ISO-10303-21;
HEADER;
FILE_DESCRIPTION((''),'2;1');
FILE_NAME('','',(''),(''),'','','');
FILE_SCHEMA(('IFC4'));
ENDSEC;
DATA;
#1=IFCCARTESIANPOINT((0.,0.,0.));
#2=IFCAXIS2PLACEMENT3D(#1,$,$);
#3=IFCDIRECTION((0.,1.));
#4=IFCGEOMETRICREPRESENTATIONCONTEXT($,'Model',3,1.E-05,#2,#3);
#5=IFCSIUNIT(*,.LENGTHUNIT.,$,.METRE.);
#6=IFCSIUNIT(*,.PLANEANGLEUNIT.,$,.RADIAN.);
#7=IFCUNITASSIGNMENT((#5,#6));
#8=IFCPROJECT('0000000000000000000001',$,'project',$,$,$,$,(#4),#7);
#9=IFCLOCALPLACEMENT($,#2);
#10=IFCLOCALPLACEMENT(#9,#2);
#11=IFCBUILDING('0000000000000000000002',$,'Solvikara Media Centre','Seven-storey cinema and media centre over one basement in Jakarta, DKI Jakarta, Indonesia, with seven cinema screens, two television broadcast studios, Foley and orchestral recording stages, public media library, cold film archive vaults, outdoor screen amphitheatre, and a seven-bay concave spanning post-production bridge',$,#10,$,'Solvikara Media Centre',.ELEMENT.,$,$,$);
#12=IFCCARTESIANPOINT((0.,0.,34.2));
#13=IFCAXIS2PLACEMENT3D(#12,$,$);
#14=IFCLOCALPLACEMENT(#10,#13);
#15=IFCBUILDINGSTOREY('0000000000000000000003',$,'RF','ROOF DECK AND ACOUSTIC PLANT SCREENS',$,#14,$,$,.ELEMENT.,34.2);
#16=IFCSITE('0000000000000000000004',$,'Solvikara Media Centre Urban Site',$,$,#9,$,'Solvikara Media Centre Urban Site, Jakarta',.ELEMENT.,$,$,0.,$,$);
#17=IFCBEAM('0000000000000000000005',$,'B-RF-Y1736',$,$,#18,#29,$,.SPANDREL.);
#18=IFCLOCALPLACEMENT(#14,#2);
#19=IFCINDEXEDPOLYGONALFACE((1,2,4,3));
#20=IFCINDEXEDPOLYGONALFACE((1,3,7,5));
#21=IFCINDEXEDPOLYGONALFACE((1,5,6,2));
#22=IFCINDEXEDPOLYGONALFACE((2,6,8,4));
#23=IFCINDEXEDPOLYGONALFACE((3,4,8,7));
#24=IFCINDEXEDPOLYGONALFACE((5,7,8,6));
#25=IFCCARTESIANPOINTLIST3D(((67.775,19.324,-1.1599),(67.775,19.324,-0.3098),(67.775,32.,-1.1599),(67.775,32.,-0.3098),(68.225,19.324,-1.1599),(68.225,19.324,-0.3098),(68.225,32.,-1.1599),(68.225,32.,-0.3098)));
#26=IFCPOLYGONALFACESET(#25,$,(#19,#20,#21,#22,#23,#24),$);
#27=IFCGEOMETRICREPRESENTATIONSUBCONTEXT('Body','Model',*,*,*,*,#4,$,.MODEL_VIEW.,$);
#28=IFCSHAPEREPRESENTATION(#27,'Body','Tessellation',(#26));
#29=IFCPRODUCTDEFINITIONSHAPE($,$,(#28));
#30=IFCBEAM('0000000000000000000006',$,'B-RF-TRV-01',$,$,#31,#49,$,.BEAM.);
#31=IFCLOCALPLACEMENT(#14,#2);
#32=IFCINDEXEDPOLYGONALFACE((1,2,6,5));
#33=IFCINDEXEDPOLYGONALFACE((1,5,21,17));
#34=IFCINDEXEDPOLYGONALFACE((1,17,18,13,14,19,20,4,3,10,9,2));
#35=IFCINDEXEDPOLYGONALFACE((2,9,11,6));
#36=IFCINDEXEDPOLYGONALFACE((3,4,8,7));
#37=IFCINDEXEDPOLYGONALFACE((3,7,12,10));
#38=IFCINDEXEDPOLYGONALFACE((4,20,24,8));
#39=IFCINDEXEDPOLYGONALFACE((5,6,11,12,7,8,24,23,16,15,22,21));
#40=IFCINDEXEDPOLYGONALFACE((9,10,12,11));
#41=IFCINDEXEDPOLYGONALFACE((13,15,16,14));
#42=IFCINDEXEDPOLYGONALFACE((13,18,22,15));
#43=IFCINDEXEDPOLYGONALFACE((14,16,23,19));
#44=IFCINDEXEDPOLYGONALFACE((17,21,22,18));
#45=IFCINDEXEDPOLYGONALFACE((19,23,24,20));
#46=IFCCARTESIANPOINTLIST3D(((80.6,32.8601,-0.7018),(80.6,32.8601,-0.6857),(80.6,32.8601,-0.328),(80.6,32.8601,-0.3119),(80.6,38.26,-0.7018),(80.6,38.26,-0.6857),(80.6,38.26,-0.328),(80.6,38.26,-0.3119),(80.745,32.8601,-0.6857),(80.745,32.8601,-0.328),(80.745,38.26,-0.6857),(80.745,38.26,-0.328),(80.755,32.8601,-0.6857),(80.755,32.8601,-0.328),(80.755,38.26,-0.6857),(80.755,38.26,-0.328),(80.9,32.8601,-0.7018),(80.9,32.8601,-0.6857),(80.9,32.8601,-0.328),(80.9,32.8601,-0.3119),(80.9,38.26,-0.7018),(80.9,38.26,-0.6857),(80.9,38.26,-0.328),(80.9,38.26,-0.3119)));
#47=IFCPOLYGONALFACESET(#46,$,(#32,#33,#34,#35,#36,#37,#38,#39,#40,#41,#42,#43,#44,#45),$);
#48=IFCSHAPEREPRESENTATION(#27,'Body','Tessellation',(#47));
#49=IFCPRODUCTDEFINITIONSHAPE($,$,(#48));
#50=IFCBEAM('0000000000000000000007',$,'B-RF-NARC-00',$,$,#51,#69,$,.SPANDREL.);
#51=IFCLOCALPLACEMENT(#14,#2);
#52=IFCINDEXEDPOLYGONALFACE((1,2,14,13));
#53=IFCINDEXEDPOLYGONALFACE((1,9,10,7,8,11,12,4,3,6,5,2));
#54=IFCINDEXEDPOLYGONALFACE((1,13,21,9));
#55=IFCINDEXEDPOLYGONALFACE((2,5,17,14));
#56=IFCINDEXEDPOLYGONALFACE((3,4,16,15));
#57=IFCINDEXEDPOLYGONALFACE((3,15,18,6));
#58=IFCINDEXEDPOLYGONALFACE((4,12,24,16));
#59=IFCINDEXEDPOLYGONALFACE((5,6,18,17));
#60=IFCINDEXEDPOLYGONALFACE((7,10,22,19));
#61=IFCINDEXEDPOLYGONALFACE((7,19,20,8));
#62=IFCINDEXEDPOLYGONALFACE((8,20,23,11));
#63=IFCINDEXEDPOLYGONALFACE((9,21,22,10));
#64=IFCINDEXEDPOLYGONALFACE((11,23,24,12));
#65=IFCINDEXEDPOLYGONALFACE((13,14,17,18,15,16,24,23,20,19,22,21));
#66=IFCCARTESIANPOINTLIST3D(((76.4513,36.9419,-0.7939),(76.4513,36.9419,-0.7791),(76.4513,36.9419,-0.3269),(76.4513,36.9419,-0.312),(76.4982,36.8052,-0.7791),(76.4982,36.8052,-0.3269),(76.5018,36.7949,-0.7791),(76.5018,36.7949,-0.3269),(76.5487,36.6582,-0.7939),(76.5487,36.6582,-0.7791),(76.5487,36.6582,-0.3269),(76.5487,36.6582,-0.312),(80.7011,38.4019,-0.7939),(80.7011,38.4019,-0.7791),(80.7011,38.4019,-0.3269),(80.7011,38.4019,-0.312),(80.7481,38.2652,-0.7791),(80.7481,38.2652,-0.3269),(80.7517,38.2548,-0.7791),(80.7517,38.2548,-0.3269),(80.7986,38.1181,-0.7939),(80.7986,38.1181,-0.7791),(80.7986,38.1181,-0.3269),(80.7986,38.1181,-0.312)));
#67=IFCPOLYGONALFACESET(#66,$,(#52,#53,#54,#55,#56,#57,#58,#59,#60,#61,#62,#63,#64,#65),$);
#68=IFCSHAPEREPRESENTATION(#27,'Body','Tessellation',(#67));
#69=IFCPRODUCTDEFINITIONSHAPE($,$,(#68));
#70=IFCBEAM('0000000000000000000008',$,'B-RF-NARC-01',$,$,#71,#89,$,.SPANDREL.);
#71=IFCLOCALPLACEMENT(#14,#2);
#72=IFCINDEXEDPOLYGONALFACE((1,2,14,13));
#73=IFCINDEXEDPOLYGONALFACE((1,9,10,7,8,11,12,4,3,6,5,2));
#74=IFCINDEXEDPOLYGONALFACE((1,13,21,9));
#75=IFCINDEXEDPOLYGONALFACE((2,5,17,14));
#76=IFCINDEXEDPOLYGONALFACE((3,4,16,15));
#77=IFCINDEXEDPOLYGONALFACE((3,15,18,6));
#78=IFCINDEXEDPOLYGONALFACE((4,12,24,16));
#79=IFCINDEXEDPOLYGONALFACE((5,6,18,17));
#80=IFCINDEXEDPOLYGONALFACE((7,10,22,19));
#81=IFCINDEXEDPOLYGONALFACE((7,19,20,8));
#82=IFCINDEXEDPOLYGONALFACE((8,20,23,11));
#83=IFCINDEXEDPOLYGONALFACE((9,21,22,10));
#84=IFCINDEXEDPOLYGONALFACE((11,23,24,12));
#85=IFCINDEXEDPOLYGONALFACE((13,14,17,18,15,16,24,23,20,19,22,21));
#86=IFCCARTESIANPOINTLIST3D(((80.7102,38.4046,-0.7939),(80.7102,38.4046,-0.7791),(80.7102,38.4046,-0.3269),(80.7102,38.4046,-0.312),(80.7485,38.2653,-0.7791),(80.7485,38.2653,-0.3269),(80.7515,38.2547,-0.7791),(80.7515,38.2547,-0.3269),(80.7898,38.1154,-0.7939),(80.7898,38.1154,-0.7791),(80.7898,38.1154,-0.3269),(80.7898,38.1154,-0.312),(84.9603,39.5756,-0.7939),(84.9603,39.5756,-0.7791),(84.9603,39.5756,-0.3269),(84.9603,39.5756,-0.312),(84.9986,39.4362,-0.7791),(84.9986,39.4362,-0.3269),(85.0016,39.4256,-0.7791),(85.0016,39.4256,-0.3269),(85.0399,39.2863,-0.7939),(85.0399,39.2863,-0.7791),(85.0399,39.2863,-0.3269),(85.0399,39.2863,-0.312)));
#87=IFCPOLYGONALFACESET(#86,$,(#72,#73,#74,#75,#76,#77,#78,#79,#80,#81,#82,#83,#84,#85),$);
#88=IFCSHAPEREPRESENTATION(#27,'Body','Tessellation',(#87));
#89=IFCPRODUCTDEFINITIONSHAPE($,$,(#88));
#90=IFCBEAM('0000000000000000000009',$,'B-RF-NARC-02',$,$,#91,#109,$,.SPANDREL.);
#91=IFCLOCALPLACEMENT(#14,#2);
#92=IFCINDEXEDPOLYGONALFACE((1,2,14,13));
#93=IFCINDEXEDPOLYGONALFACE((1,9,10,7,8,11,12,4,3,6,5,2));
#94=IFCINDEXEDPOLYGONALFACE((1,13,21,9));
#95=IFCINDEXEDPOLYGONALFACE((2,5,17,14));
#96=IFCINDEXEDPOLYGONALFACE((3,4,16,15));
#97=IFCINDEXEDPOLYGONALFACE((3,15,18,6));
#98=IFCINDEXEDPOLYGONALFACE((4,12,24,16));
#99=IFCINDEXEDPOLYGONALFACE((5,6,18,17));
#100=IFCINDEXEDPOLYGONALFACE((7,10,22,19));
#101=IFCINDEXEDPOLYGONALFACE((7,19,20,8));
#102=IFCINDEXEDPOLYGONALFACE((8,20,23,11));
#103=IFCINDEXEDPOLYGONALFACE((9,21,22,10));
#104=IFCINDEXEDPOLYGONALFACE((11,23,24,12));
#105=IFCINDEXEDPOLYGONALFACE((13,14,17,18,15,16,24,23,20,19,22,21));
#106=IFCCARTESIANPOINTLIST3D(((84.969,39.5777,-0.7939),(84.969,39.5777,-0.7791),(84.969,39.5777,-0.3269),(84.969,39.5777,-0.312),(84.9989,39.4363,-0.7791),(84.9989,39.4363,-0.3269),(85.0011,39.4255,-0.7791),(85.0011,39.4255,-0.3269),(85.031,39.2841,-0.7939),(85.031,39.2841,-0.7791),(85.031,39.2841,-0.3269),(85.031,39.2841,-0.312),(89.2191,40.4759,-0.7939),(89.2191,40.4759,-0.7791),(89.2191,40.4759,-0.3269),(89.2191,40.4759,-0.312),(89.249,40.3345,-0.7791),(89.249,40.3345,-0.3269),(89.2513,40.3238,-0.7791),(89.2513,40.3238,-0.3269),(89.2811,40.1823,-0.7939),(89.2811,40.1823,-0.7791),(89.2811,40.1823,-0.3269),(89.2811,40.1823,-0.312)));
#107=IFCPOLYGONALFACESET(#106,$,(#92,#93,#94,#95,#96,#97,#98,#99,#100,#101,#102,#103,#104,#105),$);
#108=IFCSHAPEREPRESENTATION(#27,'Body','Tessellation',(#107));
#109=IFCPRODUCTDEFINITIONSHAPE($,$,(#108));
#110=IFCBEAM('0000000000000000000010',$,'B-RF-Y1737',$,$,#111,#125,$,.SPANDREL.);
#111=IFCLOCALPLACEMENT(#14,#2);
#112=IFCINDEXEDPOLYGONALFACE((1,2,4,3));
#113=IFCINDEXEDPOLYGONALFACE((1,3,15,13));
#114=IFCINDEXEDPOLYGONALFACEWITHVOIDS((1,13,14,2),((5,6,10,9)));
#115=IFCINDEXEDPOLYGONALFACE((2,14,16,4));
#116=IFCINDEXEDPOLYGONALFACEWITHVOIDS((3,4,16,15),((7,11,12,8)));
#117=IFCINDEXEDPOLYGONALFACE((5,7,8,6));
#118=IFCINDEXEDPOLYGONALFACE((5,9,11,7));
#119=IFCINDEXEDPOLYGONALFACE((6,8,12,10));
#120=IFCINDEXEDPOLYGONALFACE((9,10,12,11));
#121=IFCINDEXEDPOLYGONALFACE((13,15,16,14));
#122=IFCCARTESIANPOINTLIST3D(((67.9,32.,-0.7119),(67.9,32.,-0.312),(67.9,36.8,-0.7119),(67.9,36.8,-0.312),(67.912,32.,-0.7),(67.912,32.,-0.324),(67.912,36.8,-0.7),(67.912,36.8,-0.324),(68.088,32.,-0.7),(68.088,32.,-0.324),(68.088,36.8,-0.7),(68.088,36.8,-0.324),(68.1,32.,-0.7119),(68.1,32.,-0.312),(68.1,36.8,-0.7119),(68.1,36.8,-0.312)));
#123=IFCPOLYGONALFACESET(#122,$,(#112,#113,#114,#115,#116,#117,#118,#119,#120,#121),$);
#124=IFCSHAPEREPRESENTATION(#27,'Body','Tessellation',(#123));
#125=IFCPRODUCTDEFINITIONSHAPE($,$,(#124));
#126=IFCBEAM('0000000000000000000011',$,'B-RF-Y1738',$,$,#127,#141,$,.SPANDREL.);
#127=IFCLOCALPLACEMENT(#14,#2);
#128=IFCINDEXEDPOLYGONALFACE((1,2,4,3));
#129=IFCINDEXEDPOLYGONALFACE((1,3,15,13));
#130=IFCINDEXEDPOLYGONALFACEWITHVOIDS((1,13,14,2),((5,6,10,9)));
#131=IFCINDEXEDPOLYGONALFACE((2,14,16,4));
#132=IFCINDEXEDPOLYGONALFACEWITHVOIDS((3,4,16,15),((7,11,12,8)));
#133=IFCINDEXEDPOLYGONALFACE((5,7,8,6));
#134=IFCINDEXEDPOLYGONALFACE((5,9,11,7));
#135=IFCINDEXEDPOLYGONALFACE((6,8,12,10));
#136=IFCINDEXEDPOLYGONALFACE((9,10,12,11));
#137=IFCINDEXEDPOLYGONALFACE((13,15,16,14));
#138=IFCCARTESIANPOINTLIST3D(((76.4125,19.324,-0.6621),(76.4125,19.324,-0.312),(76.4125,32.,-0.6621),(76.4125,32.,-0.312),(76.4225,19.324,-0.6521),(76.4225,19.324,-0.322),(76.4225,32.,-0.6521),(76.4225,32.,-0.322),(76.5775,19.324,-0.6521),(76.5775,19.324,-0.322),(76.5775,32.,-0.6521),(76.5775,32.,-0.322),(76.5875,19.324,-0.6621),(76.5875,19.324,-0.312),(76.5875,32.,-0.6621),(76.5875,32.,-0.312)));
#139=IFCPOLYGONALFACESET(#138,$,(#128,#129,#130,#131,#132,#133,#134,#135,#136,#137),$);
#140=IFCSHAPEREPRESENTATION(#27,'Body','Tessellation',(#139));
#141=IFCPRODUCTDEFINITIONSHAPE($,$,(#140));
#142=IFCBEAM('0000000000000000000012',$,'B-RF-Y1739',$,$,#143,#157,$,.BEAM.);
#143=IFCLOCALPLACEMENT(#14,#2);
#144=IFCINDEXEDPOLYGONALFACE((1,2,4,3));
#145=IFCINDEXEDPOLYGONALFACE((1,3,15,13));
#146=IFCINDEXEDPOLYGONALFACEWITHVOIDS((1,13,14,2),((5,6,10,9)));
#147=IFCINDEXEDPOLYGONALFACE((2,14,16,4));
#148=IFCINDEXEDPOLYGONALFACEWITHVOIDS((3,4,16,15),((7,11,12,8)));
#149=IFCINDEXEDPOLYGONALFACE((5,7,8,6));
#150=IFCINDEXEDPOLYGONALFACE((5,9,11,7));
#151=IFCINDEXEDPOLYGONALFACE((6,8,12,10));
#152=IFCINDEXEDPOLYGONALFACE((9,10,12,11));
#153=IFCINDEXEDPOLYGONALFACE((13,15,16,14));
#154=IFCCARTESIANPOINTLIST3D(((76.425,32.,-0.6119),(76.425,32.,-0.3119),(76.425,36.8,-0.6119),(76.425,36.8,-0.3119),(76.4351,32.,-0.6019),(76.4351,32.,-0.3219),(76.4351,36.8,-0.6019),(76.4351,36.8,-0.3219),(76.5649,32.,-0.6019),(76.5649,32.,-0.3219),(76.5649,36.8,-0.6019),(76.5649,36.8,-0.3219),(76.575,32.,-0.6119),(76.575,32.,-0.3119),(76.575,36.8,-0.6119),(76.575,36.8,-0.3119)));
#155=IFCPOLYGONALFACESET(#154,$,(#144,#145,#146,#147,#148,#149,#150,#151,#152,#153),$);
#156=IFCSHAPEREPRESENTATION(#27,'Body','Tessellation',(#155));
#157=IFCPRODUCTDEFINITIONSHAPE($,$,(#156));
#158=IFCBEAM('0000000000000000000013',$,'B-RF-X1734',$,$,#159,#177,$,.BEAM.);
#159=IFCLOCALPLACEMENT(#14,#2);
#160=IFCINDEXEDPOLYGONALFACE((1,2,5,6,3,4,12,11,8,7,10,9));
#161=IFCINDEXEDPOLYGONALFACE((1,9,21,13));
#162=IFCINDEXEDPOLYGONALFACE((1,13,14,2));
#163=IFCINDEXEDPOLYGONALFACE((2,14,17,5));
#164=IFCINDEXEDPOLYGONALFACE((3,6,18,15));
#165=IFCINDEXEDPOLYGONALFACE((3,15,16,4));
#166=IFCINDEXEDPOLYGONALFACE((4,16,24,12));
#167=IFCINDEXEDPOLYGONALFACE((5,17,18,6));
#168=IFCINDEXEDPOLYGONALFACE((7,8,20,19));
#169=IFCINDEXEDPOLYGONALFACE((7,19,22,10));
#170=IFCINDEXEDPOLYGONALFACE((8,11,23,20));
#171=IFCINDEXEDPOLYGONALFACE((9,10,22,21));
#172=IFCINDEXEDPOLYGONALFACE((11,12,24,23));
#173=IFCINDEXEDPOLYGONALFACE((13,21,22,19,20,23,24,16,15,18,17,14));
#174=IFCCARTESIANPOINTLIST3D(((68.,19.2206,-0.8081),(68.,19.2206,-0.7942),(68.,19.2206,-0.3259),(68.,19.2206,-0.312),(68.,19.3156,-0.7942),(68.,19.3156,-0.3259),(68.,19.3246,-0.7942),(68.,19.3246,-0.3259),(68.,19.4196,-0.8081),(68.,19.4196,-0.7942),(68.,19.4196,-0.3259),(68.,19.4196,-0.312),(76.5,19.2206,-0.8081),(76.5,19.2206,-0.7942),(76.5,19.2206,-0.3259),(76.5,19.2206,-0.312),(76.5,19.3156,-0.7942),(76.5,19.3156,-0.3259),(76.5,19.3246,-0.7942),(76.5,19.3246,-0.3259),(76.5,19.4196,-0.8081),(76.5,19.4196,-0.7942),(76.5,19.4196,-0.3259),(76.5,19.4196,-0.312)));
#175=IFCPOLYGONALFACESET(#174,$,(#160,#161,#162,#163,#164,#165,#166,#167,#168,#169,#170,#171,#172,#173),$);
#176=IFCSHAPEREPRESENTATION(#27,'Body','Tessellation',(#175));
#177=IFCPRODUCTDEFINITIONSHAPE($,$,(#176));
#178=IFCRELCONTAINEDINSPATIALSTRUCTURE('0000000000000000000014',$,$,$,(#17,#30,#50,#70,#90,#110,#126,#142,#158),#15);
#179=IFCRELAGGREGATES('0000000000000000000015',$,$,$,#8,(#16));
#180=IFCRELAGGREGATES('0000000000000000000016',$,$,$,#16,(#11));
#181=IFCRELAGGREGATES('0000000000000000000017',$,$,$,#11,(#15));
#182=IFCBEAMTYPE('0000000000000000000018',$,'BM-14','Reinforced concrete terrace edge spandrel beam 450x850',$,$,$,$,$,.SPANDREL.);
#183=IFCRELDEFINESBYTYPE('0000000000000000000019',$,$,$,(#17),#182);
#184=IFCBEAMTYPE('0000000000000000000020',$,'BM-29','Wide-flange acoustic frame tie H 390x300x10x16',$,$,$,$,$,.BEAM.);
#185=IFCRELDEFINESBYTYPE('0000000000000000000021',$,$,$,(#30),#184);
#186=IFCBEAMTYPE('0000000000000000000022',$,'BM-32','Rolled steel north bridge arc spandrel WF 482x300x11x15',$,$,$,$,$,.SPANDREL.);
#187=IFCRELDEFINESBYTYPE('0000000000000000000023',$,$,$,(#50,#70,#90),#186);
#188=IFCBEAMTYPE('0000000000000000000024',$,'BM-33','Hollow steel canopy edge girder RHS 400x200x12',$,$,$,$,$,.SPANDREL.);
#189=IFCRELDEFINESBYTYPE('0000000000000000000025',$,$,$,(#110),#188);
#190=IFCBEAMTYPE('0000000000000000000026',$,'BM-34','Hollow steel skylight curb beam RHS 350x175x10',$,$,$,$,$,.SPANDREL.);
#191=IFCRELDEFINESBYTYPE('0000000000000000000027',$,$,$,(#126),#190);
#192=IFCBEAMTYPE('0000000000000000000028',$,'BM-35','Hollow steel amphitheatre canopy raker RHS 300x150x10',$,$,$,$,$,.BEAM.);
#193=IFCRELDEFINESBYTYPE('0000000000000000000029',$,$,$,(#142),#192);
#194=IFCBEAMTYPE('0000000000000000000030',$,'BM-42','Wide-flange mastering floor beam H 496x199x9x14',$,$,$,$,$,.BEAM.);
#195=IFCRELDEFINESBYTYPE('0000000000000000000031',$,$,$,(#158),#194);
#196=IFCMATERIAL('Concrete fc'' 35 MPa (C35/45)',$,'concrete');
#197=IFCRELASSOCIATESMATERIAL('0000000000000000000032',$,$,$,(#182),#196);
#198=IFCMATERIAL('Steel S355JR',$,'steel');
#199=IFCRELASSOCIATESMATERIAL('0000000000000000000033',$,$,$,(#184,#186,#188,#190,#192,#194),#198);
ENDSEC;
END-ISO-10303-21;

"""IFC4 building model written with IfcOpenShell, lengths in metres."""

from ifc_helpers import new_model, si_unit, direction, frame, origin, origin_2d, place, context, subcontext, project, spatial, rectangle, hollow_rectangle, i_section, extrude, material, material_profile, profile_set, type_object, element, save


model = new_model("IFC4")

# Units and contexts
model_context = context("Model", 3, precision=1e-05, world=origin(), true_north=direction((0.0, 1.0)))
body_context = subcontext(model_context, "Body", "Model", "MODEL_VIEW")
ifc_project = project(units=[si_unit("LENGTHUNIT", "METRE"), si_unit("PLANEANGLEUNIT", "RADIAN")], contexts=[model_context])

# Site, building, storey
site_placement = place(None, origin())
site = spatial("IfcSite", under=ifc_project, at=site_placement, Name="Solvikara Media Centre Urban Site", LongName="Solvikara Media Centre Urban Site, Jakarta", CompositionType="ELEMENT", RefElevation=0.0)
building_placement = place(site_placement, origin())
building = spatial("IfcBuilding", under=site, at=building_placement, Name="Solvikara Media Centre", Description="Seven-storey cinema and media centre over one basement in Jakarta, DKI Jakarta, Indonesia, with seven cinema screens, two television broadcast studios, Foley and orchestral recording stages, public media library, cold film archive vaults, outdoor screen amphitheatre, and a seven-bay concave spanning post-production bridge", LongName="Solvikara Media Centre", CompositionType="ELEMENT")
storey_placement = place(building_placement, frame((0.0, 0.0, 34.2)))
storey = spatial("IfcBuildingStorey", under=building, at=storey_placement, Name="RF", Description="ROOF DECK AND ACOUSTIC PLANT SCREENS", CompositionType="ELEMENT", Elevation=34.2)

# Beams
ifc_material_1 = material(Name="Concrete fc' 35 MPa (C35/45)", Category="concrete")
ifc_material_profile_1 = material_profile(ifc_material_1, rectangle(XDim=0.45, YDim=0.8501, at=origin_2d()), Name="RC 450x850")
ifc_profile_set_1 = profile_set([ifc_material_profile_1], Name="Concrete fc' 35 MPa (C35/45)")
beam_type_1 = type_object("IfcBeamType", Name="BM-14", Description="Reinforced concrete terrace edge spandrel beam 450x850", PredefinedType="SPANDREL", material=ifc_profile_set_1)
beam_1_placement = place(storey_placement, frame((68.0, 19.324, -0.7349), z_axis=(0.0, 1.0, 0.0), x_axis=(-1.0, 0.0, 0.0)))
element("IfcBeam", 1, at=beam_1_placement, inside=storey, type_object=beam_type_1, Name="B-RF-Y1736", PredefinedType="SPANDREL", context=body_context, shape_type="SweptSolid", body=[
    extrude(rectangle(XDim=0.45, YDim=0.8501, at=origin_2d()), origin(), (0.0, 0.0, 1.0), 12.676),
])
ifc_material_2 = material(Name="Steel S355JR", Category="steel")
ifc_material_profile_2 = material_profile(ifc_material_2, i_section(OverallWidth=0.3, OverallDepth=0.3899, WebThickness=0.01, FlangeThickness=0.0161, at=origin_2d()), Name="H 390x300x10x16")
ifc_profile_set_2 = profile_set([ifc_material_profile_2], Name="Steel S355JR")
beam_type_2 = type_object("IfcBeamType", Name="BM-29", Description="Wide-flange acoustic frame tie H 390x300x10x16", PredefinedType="BEAM", material=ifc_profile_set_2)
beam_2_placement = place(storey_placement, frame((80.75, 32.8601, -0.5068), z_axis=(0.0, 1.0, 0.0), x_axis=(-1.0, 0.0, 0.0)))
element("IfcBeam", 2, at=beam_2_placement, inside=storey, type_object=beam_type_2, Name="B-RF-TRV-01", PredefinedType="BEAM", context=body_context, shape_type="SweptSolid", body=[
    extrude(i_section(OverallWidth=0.3, OverallDepth=0.3899, WebThickness=0.01, FlangeThickness=0.0161, at=origin_2d()), origin(), (0.0, 0.0, 1.0), 5.3999),
])
ifc_material_profile_3 = material_profile(ifc_material_2, i_section(OverallWidth=0.3, OverallDepth=0.4819, WebThickness=0.011, FlangeThickness=0.0149, at=origin_2d()), Name="WF 482x300x11x15")
ifc_profile_set_3 = profile_set([ifc_material_profile_3], Name="Steel S355JR")
beam_type_3 = type_object("IfcBeamType", Name="BM-32", Description="Rolled steel north bridge arc spandrel WF 482x300x11x15", PredefinedType="SPANDREL", material=ifc_profile_set_3)
beam_3_placement = place(storey_placement, frame((76.5, 36.8, -0.553), z_axis=(0.945753, 0.324885, 0.0), x_axis=(-0.324885, 0.945753, 0.0)))
element("IfcBeam", 3, at=beam_3_placement, inside=storey, type_object=beam_type_3, Name="B-RF-NARC-00", PredefinedType="SPANDREL", context=body_context, shape_type="SweptSolid", body=[
    extrude(i_section(OverallWidth=0.3, OverallDepth=0.4819, WebThickness=0.011, FlangeThickness=0.0149, at=origin_2d()), origin(), (0.0, 0.0, 1.0), 4.4937),
])
beam_4_placement = place(storey_placement, frame((80.75, 38.26, -0.553), z_axis=(0.964081, 0.26561, 0.0), x_axis=(-0.26561, 0.964081, 0.0)))
element("IfcBeam", 4, at=beam_4_placement, inside=storey, type_object=beam_type_3, Name="B-RF-NARC-01", PredefinedType="SPANDREL", context=body_context, shape_type="SweptSolid", body=[
    extrude(i_section(OverallWidth=0.3, OverallDepth=0.4819, WebThickness=0.011, FlangeThickness=0.0149, at=origin_2d()), origin(), (0.0, 0.0, 1.0), 4.4084),
])
beam_5_placement = place(storey_placement, frame((85.0, 39.4309, -0.553), z_axis=(0.978389, 0.206772, 0.0), x_axis=(-0.206772, 0.978389, 0.0)))
element("IfcBeam", 5, at=beam_5_placement, inside=storey, type_object=beam_type_3, Name="B-RF-NARC-02", PredefinedType="SPANDREL", context=body_context, shape_type="SweptSolid", body=[
    extrude(i_section(OverallWidth=0.3, OverallDepth=0.4819, WebThickness=0.011, FlangeThickness=0.0149, at=origin_2d()), origin(), (0.0, 0.0, 1.0), 4.344),
])
ifc_material_profile_4 = material_profile(ifc_material_2, hollow_rectangle(XDim=0.2, YDim=0.3999, WallThickness=0.012, at=origin_2d()), Name="RHS 400x200x12")
ifc_profile_set_4 = profile_set([ifc_material_profile_4], Name="Steel S355JR")
beam_type_4 = type_object("IfcBeamType", Name="BM-33", Description="Hollow steel canopy edge girder RHS 400x200x12", PredefinedType="SPANDREL", material=ifc_profile_set_4)
beam_6_placement = place(storey_placement, frame((68.0, 32.0, -0.512), z_axis=(0.0, 1.0, 0.0), x_axis=(-1.0, 0.0, 0.0)))
element("IfcBeam", 6, at=beam_6_placement, inside=storey, type_object=beam_type_4, Name="B-RF-Y1737", PredefinedType="SPANDREL", context=body_context, shape_type="SweptSolid", body=[
    extrude(hollow_rectangle(XDim=0.2, YDim=0.3999, WallThickness=0.012, at=origin_2d()), origin(), (0.0, 0.0, 1.0), 4.8),
])
ifc_material_profile_5 = material_profile(ifc_material_2, hollow_rectangle(XDim=0.175, YDim=0.3501, WallThickness=0.01, at=origin_2d()), Name="RHS 350x175x10")
ifc_profile_set_5 = profile_set([ifc_material_profile_5], Name="Steel S355JR")
beam_type_5 = type_object("IfcBeamType", Name="BM-34", Description="Hollow steel skylight curb beam RHS 350x175x10", PredefinedType="SPANDREL", material=ifc_profile_set_5)
beam_7_placement = place(storey_placement, frame((76.5, 19.324, -0.4871), z_axis=(0.0, 1.0, 0.0), x_axis=(-1.0, 0.0, 0.0)))
element("IfcBeam", 7, at=beam_7_placement, inside=storey, type_object=beam_type_5, Name="B-RF-Y1738", PredefinedType="SPANDREL", context=body_context, shape_type="SweptSolid", body=[
    extrude(hollow_rectangle(XDim=0.175, YDim=0.3501, WallThickness=0.01, at=origin_2d()), origin(), (0.0, 0.0, 1.0), 12.676),
])
ifc_material_profile_6 = material_profile(ifc_material_2, hollow_rectangle(XDim=0.1499, YDim=0.3, WallThickness=0.01, at=origin_2d()), Name="RHS 300x150x10")
ifc_profile_set_6 = profile_set([ifc_material_profile_6], Name="Steel S355JR")
beam_type_6 = type_object("IfcBeamType", Name="BM-35", Description="Hollow steel amphitheatre canopy raker RHS 300x150x10", PredefinedType="BEAM", material=ifc_profile_set_6)
beam_8_placement = place(storey_placement, frame((76.5, 32.0, -0.4619), z_axis=(0.0, 1.0, 0.0), x_axis=(-1.0, 0.0, 0.0)))
element("IfcBeam", 8, at=beam_8_placement, inside=storey, type_object=beam_type_6, Name="B-RF-Y1739", PredefinedType="BEAM", context=body_context, shape_type="SweptSolid", body=[
    extrude(hollow_rectangle(XDim=0.1499, YDim=0.3, WallThickness=0.01, at=origin_2d()), origin(), (0.0, 0.0, 1.0), 4.8),
])
ifc_material_profile_7 = material_profile(ifc_material_2, i_section(OverallWidth=0.199, OverallDepth=0.4961, WebThickness=0.009, FlangeThickness=0.0139, at=origin_2d()), Name="H 496x199x9x14")
ifc_profile_set_7 = profile_set([ifc_material_profile_7], Name="Steel S355JR")
beam_type_7 = type_object("IfcBeamType", Name="BM-42", Description="Wide-flange mastering floor beam H 496x199x9x14", PredefinedType="BEAM", material=ifc_profile_set_7)
beam_9_placement = place(storey_placement, frame((68.0, 19.3201, -0.5601), z_axis=(1.0, 0.0, 0.0), x_axis=(0.0, 1.0, 0.0)))
element("IfcBeam", 9, at=beam_9_placement, inside=storey, type_object=beam_type_7, Name="B-RF-X1734", PredefinedType="BEAM", context=body_context, shape_type="SweptSolid", body=[
    extrude(i_section(OverallWidth=0.199, OverallDepth=0.4961, WebThickness=0.009, FlangeThickness=0.0139, at=origin_2d()), origin(), (0.0, 0.0, 1.0), 8.5),
])

save(model, "model.ifc")
